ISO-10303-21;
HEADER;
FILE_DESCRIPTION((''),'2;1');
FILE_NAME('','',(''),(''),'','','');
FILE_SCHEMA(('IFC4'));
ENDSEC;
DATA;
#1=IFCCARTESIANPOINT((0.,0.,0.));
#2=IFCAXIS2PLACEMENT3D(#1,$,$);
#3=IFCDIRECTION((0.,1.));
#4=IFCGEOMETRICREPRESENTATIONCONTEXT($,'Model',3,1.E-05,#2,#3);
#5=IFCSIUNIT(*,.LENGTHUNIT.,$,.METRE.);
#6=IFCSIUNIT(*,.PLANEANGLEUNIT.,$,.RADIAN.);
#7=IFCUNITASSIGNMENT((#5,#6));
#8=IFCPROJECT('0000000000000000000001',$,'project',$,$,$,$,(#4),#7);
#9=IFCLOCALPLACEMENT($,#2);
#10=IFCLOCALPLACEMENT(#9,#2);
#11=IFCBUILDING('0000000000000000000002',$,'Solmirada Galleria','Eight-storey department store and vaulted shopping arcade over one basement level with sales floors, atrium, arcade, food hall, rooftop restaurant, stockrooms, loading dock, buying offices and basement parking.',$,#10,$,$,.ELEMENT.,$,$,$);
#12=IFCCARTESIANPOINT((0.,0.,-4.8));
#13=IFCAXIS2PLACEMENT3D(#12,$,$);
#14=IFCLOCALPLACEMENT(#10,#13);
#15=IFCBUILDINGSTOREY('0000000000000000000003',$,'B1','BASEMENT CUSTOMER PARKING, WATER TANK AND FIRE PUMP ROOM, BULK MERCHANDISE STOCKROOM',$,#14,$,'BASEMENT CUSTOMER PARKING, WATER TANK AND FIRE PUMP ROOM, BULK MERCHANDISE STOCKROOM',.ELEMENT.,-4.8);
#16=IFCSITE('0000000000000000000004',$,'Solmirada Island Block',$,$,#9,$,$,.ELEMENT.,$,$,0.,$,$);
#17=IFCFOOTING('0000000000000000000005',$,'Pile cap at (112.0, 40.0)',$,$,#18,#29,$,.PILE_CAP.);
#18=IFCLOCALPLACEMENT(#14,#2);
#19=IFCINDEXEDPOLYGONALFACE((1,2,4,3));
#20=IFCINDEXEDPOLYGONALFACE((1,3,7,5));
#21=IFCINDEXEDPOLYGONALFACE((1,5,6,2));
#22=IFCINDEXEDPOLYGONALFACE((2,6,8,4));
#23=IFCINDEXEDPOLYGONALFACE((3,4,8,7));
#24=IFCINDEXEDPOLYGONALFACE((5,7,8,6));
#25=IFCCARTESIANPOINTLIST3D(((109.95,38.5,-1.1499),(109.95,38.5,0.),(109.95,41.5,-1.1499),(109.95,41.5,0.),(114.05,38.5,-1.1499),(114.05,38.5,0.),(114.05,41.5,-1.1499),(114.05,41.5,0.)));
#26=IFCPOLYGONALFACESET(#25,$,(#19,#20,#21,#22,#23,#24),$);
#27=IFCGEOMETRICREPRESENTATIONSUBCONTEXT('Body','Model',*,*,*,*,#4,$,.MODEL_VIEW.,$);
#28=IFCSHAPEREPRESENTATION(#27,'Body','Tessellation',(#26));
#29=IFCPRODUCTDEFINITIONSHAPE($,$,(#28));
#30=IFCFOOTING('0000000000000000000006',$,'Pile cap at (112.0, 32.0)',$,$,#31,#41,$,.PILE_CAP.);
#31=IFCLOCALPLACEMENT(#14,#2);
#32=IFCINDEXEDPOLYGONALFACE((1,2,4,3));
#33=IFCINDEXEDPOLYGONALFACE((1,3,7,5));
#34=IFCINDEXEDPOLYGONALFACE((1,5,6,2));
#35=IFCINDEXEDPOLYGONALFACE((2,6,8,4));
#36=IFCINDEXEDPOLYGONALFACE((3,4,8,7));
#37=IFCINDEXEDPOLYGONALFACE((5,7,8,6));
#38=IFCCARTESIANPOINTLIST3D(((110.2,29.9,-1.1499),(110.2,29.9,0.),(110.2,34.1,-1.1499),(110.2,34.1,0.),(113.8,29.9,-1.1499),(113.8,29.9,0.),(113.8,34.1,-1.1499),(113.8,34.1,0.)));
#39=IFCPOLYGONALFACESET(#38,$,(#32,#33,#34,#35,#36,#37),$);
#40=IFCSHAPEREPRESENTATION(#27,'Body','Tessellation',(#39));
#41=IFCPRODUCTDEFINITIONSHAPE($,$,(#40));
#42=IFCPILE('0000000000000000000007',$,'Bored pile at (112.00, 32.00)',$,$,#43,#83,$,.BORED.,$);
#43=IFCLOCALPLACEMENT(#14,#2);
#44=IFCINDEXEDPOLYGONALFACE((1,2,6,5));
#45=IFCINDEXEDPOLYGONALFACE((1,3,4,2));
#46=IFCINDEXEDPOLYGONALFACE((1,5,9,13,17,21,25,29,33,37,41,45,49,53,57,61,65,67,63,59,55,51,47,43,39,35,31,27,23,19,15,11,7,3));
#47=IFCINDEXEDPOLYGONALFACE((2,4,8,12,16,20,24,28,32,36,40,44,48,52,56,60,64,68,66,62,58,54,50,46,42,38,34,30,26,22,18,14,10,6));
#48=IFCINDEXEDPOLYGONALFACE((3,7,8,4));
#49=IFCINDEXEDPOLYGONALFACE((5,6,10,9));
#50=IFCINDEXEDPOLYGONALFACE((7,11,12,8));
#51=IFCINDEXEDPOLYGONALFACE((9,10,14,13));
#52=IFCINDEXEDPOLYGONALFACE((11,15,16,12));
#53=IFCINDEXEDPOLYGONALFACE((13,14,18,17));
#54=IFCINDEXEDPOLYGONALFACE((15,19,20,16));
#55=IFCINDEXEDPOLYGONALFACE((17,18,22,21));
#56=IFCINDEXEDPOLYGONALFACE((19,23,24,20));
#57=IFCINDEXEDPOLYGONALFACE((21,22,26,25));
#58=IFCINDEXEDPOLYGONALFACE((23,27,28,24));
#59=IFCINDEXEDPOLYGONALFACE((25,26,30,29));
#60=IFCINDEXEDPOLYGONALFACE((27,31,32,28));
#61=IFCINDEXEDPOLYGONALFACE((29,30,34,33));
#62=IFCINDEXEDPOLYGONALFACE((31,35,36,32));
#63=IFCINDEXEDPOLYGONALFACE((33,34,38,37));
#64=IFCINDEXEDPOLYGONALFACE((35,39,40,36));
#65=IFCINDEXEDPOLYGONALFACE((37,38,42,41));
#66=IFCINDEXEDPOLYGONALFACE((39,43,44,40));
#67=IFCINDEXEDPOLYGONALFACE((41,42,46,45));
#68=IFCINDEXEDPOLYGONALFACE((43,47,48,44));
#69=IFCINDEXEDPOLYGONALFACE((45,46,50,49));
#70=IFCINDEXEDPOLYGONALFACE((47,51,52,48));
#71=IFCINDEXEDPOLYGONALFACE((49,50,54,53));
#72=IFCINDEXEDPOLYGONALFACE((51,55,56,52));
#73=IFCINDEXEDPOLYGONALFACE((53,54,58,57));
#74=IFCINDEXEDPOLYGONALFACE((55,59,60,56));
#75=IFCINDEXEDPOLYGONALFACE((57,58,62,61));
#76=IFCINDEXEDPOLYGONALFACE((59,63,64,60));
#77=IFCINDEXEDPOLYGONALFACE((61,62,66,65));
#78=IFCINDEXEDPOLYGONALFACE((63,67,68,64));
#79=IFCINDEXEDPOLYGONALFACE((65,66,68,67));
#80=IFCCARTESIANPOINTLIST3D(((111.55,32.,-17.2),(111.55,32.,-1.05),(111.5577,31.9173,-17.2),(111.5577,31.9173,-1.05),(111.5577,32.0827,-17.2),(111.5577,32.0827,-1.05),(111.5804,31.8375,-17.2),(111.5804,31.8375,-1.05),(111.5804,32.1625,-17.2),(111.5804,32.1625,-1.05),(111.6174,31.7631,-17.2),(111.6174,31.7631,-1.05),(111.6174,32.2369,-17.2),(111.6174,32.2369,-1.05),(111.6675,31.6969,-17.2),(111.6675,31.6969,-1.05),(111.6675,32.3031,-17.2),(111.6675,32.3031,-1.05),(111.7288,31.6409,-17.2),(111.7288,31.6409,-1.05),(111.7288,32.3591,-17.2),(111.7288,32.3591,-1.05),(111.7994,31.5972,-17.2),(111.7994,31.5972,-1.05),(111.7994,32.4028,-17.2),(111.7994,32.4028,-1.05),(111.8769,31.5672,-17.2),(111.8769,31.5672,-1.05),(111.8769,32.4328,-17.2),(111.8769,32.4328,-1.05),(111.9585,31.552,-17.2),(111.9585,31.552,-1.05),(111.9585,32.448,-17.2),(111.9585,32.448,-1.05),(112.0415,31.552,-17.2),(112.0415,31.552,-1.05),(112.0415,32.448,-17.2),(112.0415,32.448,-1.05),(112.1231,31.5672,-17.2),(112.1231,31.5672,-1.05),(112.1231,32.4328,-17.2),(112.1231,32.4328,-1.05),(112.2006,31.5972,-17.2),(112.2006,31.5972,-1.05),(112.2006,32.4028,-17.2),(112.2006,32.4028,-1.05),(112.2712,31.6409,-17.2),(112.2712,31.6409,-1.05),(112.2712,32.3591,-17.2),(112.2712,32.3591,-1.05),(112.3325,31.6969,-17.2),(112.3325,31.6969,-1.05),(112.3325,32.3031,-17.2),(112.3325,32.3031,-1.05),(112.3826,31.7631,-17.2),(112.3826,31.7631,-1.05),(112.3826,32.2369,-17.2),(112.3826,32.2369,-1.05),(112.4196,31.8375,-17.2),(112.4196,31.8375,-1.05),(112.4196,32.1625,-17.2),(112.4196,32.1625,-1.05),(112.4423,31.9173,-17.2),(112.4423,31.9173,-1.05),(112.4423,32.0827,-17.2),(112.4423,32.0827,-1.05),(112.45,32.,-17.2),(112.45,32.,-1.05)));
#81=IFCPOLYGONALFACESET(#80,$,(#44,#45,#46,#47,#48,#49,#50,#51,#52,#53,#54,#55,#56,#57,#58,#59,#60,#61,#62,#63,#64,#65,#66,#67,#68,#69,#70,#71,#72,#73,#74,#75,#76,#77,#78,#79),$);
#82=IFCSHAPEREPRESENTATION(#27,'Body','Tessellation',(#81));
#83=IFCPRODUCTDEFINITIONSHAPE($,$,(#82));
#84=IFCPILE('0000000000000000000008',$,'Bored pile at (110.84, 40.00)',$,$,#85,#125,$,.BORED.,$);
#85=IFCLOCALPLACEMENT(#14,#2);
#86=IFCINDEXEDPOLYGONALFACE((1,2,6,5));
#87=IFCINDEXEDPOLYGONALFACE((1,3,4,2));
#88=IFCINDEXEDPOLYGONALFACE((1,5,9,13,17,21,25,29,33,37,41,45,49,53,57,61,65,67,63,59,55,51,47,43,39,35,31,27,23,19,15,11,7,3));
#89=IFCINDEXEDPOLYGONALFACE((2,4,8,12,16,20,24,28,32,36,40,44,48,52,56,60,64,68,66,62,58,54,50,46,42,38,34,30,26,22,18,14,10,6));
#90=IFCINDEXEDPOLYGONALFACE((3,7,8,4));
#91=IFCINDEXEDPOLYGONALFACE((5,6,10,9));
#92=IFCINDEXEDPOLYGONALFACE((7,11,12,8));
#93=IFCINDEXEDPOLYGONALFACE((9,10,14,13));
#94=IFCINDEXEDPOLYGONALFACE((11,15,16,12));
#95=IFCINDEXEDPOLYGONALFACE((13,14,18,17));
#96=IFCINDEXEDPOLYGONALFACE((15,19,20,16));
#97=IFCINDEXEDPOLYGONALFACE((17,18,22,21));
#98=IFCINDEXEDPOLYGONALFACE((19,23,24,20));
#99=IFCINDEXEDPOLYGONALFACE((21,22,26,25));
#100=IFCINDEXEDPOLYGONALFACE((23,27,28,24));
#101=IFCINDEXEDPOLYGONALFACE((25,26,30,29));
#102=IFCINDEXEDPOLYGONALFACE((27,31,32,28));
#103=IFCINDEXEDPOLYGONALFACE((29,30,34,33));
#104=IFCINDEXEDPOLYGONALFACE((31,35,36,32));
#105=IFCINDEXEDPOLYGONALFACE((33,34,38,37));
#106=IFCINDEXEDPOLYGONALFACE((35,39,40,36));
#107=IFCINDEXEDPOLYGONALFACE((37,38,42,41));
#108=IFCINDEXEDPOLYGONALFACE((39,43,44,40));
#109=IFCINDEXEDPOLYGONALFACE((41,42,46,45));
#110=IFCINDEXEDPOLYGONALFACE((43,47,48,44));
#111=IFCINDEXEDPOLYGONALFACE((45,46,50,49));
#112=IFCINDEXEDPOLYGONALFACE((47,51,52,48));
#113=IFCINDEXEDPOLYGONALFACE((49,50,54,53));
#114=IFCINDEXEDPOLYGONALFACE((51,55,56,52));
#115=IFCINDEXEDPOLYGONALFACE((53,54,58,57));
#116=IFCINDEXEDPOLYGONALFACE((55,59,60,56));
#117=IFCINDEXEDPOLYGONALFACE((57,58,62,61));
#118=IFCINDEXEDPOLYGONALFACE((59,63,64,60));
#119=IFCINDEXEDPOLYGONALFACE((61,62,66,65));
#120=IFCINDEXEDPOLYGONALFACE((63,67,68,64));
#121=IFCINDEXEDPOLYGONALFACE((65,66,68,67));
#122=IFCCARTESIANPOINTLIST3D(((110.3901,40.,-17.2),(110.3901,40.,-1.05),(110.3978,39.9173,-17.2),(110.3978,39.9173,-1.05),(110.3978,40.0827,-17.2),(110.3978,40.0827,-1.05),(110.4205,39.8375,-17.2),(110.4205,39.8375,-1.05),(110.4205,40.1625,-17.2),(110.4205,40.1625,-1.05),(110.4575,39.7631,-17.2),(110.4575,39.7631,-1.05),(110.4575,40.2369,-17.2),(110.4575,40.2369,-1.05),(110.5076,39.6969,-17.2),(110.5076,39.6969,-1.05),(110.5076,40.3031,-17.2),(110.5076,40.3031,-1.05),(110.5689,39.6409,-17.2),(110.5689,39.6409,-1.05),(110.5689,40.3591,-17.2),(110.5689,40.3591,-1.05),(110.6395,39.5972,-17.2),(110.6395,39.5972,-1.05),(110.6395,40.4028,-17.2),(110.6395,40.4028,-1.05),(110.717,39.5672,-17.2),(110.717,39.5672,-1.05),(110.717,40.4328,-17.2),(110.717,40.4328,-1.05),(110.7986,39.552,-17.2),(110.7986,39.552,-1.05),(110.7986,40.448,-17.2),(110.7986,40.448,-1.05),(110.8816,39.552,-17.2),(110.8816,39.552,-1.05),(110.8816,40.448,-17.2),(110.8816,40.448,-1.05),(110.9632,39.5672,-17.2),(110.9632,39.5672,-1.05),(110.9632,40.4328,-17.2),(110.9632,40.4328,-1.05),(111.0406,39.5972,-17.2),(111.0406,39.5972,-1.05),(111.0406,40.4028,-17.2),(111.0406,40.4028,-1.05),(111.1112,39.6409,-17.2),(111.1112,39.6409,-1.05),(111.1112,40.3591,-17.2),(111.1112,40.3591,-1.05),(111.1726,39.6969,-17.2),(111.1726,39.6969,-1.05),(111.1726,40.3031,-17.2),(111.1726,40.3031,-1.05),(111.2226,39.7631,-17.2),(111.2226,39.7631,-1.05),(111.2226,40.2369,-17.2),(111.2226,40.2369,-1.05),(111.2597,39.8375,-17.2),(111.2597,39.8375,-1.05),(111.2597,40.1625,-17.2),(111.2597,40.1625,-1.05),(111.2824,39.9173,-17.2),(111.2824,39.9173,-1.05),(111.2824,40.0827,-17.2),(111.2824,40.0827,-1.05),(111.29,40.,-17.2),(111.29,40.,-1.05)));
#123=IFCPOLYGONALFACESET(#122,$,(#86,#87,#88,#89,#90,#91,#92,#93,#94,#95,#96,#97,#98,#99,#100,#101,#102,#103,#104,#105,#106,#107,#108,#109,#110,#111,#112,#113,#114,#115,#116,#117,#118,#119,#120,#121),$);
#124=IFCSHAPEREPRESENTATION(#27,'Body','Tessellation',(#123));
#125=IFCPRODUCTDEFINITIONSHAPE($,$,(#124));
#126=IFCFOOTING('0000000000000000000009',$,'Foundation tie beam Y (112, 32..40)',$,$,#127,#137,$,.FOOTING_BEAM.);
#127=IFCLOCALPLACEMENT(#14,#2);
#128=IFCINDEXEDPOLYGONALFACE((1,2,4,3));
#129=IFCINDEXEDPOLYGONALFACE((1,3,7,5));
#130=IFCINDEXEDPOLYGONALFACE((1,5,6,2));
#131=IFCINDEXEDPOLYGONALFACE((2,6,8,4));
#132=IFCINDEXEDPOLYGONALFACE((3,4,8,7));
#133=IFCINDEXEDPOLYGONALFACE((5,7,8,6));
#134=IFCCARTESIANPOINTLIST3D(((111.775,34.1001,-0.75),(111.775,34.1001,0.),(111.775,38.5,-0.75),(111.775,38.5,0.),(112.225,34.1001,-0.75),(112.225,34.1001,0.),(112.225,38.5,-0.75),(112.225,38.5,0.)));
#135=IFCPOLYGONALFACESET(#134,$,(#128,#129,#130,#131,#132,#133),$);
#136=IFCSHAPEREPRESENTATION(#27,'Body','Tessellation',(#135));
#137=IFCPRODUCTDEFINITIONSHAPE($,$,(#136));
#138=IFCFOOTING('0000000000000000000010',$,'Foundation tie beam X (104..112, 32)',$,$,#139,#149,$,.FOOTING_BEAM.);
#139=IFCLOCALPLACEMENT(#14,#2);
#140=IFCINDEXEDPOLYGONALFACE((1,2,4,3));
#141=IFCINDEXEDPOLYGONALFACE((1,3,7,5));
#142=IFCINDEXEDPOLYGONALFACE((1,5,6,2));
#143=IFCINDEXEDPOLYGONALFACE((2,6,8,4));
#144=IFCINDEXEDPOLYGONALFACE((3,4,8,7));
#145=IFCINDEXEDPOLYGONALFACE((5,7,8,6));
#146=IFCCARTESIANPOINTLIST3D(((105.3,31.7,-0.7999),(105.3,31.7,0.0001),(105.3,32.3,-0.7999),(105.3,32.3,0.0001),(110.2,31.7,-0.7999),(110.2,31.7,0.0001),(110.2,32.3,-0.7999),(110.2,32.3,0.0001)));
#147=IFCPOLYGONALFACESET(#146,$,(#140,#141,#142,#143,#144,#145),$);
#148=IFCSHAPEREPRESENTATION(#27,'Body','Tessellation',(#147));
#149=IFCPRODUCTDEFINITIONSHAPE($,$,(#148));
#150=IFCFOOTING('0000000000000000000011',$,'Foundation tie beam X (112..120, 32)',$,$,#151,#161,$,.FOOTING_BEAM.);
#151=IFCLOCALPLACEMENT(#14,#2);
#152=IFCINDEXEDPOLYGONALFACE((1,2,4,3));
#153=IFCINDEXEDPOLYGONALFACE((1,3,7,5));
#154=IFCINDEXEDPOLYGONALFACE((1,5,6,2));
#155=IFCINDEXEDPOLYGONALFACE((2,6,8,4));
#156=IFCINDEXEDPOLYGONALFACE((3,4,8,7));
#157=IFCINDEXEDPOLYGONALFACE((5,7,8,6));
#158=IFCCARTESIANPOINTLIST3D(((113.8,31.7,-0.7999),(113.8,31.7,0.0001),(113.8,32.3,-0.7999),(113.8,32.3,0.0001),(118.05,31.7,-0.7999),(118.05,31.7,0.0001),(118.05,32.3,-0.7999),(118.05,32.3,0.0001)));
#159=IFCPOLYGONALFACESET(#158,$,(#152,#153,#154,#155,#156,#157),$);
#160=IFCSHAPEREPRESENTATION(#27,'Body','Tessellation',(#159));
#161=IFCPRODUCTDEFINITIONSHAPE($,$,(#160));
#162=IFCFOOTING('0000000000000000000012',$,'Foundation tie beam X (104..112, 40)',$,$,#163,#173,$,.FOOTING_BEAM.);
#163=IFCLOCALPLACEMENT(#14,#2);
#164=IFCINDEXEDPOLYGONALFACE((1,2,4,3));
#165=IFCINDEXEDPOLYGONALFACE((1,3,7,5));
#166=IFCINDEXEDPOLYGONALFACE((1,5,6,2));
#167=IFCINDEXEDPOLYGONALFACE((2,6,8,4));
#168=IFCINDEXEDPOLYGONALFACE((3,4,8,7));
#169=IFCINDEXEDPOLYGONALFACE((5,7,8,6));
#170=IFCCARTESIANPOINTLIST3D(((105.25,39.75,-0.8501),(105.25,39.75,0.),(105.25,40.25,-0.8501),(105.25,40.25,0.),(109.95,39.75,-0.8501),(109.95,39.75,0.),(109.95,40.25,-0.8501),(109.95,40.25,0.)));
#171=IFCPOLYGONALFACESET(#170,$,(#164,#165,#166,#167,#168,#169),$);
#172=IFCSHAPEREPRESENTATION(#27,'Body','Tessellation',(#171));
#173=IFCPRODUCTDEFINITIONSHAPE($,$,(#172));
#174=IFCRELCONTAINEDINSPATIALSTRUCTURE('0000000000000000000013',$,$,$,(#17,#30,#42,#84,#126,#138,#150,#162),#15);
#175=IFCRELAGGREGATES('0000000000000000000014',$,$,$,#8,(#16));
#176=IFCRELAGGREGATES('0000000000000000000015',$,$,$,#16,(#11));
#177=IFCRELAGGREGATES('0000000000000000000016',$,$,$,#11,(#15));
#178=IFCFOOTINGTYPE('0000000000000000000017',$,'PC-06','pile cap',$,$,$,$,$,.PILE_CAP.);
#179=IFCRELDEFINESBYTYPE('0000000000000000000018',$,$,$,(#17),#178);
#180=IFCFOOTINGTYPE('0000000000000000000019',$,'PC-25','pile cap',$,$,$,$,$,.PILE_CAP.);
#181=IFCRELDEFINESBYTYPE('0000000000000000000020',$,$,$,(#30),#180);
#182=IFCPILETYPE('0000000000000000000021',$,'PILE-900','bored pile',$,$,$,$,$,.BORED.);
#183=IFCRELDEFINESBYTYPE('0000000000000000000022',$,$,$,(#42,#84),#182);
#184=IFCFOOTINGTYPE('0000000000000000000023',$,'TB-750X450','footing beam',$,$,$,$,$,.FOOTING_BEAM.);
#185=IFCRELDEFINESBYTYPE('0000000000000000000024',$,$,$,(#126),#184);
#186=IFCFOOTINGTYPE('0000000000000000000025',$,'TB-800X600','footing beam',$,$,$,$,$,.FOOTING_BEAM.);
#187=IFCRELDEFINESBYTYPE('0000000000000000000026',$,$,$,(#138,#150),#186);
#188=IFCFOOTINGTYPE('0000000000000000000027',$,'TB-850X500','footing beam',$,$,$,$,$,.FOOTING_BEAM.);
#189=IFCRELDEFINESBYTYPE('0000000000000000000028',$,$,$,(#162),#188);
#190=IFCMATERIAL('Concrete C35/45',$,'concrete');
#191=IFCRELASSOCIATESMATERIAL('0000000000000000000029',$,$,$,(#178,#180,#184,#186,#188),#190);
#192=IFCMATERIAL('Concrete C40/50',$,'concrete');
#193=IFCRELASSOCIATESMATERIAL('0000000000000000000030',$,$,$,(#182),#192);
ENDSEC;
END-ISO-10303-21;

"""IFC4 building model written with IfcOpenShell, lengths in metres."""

from ifc_helpers import new_model, si_unit, direction, frame, origin, origin_2d, place, context, subcontext, project, spatial, rectangle, circle, extrude, material, material_profile, profile_set, type_object, element, save


model = new_model("IFC4")

# Units and contexts
model_context = context("Model", 3, precision=1e-05, world=origin(), true_north=direction((0.0, 1.0)))
body_context = subcontext(model_context, "Body", "Model", "MODEL_VIEW")
ifc_project = project(units=[si_unit("LENGTHUNIT", "METRE"), si_unit("PLANEANGLEUNIT", "RADIAN")], contexts=[model_context])

# Site, building, storey
site_placement = place(None, origin())
site = spatial("IfcSite", under=ifc_project, at=site_placement, Name="Solmirada Island Block", CompositionType="ELEMENT", RefElevation=0.0)
building_placement = place(site_placement, origin())
building = spatial("IfcBuilding", under=site, at=building_placement, Name="Solmirada Galleria", Description="Eight-storey department store and vaulted shopping arcade over one basement level with sales floors, atrium, arcade, food hall, rooftop restaurant, stockrooms, loading dock, buying offices and basement parking.", CompositionType="ELEMENT")
storey_placement = place(building_placement, frame((0.0, 0.0, -4.8)))
storey = spatial("IfcBuildingStorey", under=building, at=storey_placement, Name="B1", Description="BASEMENT CUSTOMER PARKING, WATER TANK AND FIRE PUMP ROOM, BULK MERCHANDISE STOCKROOM", LongName="BASEMENT CUSTOMER PARKING, WATER TANK AND FIRE PUMP ROOM, BULK MERCHANDISE STOCKROOM", CompositionType="ELEMENT", Elevation=-4.8)

# Footings
ifc_material_1 = material(Name="Concrete C35/45", Category="concrete")
footing_type_1 = type_object("IfcFootingType", Name="PC-06", Description="pile cap", PredefinedType="PILE_CAP", material=ifc_material_1)
footing_1_placement = place(storey_placement, frame((112.0, 40.0, -1.1499), z_axis=(0.0, 0.0, 1.0), x_axis=(1.0, 0.0, 0.0)))
element("IfcFooting", 1, at=footing_1_placement, inside=storey, type_object=footing_type_1, Name="Pile cap at (112.0, 40.0)", PredefinedType="PILE_CAP", context=body_context, shape_type="SweptSolid", body=[
    extrude(rectangle(XDim=4.1001, YDim=3.0, at=origin_2d()), origin(), (0.0, 0.0, 1.0), 1.1499),
])
footing_type_2 = type_object("IfcFootingType", Name="PC-25", Description="pile cap", PredefinedType="PILE_CAP", material=ifc_material_1)
footing_2_placement = place(storey_placement, frame((112.0, 32.0, -1.1499), z_axis=(0.0, 0.0, 1.0), x_axis=(1.0, 0.0, 0.0)))
element("IfcFooting", 2, at=footing_2_placement, inside=storey, type_object=footing_type_2, Name="Pile cap at (112.0, 32.0)", PredefinedType="PILE_CAP", context=body_context, shape_type="SweptSolid", body=[
    extrude(rectangle(XDim=3.6001, YDim=4.2, at=origin_2d()), origin(), (0.0, 0.0, 1.0), 1.1499),
])

# Piles
ifc_material_2 = material(Name="Concrete C40/50", Category="concrete")
ifc_material_profile_1 = material_profile(ifc_material_2, circle(Radius=0.45, at=origin_2d()), Name="PILE900")
ifc_profile_set_1 = profile_set([ifc_material_profile_1], Name="Concrete C40/50")
pile_type = type_object("IfcPileType", Name="PILE-900", Description="bored pile", PredefinedType="BORED", material=ifc_profile_set_1)
for number, where, z_axis, x_axis, name in (
    (3, (112.0, 32.0, -1.05), (0.0, 0.0, -1.0), (1.0, 0.0, 0.0), "Bored pile at (112.00, 32.00)"),
    (4, (110.8401, 40.0, -1.05), (0.0, 0.0, -1.0), (1.0, 0.0, 0.0), "Bored pile at (110.84, 40.00)"),
):
    element("IfcPile", number, at=place(storey_placement, frame(where, z_axis=z_axis, x_axis=x_axis)), inside=storey, type_object=pile_type, Name=name, PredefinedType="BORED", context=body_context, shape_type="SweptSolid", body=[
        extrude(circle(Radius=0.45, at=origin_2d()), origin(), (0.0, 0.0, 1.0), 16.1499),
    ])

# Footings
ifc_material_profile_2 = material_profile(ifc_material_1, rectangle(XDim=0.45, YDim=0.75, at=origin_2d()), Name="RC750X450")
ifc_profile_set_2 = profile_set([ifc_material_profile_2], Name="Concrete C35/45")
footing_type_3 = type_object("IfcFootingType", Name="TB-750X450", Description="footing beam", PredefinedType="FOOTING_BEAM", material=ifc_profile_set_2)
footing_3_placement = place(storey_placement, frame((112.0, 34.1001, -0.375), z_axis=(0.0, 1.0, 0.0), x_axis=(-1.0, 0.0, 0.0)))
element("IfcFooting", 5, at=footing_3_placement, inside=storey, type_object=footing_type_3, Name="Foundation tie beam Y (112, 32..40)", PredefinedType="FOOTING_BEAM", context=body_context, shape_type="SweptSolid", body=[
    extrude(rectangle(XDim=0.45, YDim=0.75, at=origin_2d()), origin(), (0.0, 0.0, 1.0), 4.3999),
])
ifc_material_profile_3 = material_profile(ifc_material_1, rectangle(XDim=0.6001, YDim=0.8, at=origin_2d()), Name="RC800X600")
ifc_profile_set_3 = profile_set([ifc_material_profile_3], Name="Concrete C35/45")
footing_type_4 = type_object("IfcFootingType", Name="TB-800X600", Description="footing beam", PredefinedType="FOOTING_BEAM", material=ifc_profile_set_3)
footing_4_placement = place(storey_placement, frame((105.3, 32.0, -0.3999), z_axis=(1.0, 0.0, 0.0), x_axis=(0.0, 1.0, 0.0)))
element("IfcFooting", 6, at=footing_4_placement, inside=storey, type_object=footing_type_4, Name="Foundation tie beam X (104..112, 32)", PredefinedType="FOOTING_BEAM", context=body_context, shape_type="SweptSolid", body=[
    extrude(rectangle(XDim=0.6001, YDim=0.8, at=origin_2d()), origin(), (0.0, 0.0, 1.0), 4.8999),
])
footing_5_placement = place(storey_placement, frame((113.8, 32.0, -0.3999), z_axis=(1.0, 0.0, 0.0), x_axis=(0.0, 1.0, 0.0)))
element("IfcFooting", 7, at=footing_5_placement, inside=storey, type_object=footing_type_4, Name="Foundation tie beam X (112..120, 32)", PredefinedType="FOOTING_BEAM", context=body_context, shape_type="SweptSolid", body=[
    extrude(rectangle(XDim=0.6001, YDim=0.8, at=origin_2d()), origin(), (0.0, 0.0, 1.0), 4.25),
])
ifc_material_profile_4 = material_profile(ifc_material_1, rectangle(XDim=0.5, YDim=0.8501, at=origin_2d()), Name="RC850X500")
ifc_profile_set_4 = profile_set([ifc_material_profile_4], Name="Concrete C35/45")
footing_type_5 = type_object("IfcFootingType", Name="TB-850X500", Description="footing beam", PredefinedType="FOOTING_BEAM", material=ifc_profile_set_4)
footing_6_placement = place(storey_placement, frame((105.25, 40.0, -0.425), z_axis=(1.0, 0.0, 0.0), x_axis=(0.0, 1.0, 0.0)))
element("IfcFooting", 8, at=footing_6_placement, inside=storey, type_object=footing_type_5, Name="Foundation tie beam X (104..112, 40)", PredefinedType="FOOTING_BEAM", context=body_context, shape_type="SweptSolid", body=[
    extrude(rectangle(XDim=0.5, YDim=0.8501, at=origin_2d()), origin(), (0.0, 0.0, 1.0), 4.7),
])

save(model, "model.ifc")
